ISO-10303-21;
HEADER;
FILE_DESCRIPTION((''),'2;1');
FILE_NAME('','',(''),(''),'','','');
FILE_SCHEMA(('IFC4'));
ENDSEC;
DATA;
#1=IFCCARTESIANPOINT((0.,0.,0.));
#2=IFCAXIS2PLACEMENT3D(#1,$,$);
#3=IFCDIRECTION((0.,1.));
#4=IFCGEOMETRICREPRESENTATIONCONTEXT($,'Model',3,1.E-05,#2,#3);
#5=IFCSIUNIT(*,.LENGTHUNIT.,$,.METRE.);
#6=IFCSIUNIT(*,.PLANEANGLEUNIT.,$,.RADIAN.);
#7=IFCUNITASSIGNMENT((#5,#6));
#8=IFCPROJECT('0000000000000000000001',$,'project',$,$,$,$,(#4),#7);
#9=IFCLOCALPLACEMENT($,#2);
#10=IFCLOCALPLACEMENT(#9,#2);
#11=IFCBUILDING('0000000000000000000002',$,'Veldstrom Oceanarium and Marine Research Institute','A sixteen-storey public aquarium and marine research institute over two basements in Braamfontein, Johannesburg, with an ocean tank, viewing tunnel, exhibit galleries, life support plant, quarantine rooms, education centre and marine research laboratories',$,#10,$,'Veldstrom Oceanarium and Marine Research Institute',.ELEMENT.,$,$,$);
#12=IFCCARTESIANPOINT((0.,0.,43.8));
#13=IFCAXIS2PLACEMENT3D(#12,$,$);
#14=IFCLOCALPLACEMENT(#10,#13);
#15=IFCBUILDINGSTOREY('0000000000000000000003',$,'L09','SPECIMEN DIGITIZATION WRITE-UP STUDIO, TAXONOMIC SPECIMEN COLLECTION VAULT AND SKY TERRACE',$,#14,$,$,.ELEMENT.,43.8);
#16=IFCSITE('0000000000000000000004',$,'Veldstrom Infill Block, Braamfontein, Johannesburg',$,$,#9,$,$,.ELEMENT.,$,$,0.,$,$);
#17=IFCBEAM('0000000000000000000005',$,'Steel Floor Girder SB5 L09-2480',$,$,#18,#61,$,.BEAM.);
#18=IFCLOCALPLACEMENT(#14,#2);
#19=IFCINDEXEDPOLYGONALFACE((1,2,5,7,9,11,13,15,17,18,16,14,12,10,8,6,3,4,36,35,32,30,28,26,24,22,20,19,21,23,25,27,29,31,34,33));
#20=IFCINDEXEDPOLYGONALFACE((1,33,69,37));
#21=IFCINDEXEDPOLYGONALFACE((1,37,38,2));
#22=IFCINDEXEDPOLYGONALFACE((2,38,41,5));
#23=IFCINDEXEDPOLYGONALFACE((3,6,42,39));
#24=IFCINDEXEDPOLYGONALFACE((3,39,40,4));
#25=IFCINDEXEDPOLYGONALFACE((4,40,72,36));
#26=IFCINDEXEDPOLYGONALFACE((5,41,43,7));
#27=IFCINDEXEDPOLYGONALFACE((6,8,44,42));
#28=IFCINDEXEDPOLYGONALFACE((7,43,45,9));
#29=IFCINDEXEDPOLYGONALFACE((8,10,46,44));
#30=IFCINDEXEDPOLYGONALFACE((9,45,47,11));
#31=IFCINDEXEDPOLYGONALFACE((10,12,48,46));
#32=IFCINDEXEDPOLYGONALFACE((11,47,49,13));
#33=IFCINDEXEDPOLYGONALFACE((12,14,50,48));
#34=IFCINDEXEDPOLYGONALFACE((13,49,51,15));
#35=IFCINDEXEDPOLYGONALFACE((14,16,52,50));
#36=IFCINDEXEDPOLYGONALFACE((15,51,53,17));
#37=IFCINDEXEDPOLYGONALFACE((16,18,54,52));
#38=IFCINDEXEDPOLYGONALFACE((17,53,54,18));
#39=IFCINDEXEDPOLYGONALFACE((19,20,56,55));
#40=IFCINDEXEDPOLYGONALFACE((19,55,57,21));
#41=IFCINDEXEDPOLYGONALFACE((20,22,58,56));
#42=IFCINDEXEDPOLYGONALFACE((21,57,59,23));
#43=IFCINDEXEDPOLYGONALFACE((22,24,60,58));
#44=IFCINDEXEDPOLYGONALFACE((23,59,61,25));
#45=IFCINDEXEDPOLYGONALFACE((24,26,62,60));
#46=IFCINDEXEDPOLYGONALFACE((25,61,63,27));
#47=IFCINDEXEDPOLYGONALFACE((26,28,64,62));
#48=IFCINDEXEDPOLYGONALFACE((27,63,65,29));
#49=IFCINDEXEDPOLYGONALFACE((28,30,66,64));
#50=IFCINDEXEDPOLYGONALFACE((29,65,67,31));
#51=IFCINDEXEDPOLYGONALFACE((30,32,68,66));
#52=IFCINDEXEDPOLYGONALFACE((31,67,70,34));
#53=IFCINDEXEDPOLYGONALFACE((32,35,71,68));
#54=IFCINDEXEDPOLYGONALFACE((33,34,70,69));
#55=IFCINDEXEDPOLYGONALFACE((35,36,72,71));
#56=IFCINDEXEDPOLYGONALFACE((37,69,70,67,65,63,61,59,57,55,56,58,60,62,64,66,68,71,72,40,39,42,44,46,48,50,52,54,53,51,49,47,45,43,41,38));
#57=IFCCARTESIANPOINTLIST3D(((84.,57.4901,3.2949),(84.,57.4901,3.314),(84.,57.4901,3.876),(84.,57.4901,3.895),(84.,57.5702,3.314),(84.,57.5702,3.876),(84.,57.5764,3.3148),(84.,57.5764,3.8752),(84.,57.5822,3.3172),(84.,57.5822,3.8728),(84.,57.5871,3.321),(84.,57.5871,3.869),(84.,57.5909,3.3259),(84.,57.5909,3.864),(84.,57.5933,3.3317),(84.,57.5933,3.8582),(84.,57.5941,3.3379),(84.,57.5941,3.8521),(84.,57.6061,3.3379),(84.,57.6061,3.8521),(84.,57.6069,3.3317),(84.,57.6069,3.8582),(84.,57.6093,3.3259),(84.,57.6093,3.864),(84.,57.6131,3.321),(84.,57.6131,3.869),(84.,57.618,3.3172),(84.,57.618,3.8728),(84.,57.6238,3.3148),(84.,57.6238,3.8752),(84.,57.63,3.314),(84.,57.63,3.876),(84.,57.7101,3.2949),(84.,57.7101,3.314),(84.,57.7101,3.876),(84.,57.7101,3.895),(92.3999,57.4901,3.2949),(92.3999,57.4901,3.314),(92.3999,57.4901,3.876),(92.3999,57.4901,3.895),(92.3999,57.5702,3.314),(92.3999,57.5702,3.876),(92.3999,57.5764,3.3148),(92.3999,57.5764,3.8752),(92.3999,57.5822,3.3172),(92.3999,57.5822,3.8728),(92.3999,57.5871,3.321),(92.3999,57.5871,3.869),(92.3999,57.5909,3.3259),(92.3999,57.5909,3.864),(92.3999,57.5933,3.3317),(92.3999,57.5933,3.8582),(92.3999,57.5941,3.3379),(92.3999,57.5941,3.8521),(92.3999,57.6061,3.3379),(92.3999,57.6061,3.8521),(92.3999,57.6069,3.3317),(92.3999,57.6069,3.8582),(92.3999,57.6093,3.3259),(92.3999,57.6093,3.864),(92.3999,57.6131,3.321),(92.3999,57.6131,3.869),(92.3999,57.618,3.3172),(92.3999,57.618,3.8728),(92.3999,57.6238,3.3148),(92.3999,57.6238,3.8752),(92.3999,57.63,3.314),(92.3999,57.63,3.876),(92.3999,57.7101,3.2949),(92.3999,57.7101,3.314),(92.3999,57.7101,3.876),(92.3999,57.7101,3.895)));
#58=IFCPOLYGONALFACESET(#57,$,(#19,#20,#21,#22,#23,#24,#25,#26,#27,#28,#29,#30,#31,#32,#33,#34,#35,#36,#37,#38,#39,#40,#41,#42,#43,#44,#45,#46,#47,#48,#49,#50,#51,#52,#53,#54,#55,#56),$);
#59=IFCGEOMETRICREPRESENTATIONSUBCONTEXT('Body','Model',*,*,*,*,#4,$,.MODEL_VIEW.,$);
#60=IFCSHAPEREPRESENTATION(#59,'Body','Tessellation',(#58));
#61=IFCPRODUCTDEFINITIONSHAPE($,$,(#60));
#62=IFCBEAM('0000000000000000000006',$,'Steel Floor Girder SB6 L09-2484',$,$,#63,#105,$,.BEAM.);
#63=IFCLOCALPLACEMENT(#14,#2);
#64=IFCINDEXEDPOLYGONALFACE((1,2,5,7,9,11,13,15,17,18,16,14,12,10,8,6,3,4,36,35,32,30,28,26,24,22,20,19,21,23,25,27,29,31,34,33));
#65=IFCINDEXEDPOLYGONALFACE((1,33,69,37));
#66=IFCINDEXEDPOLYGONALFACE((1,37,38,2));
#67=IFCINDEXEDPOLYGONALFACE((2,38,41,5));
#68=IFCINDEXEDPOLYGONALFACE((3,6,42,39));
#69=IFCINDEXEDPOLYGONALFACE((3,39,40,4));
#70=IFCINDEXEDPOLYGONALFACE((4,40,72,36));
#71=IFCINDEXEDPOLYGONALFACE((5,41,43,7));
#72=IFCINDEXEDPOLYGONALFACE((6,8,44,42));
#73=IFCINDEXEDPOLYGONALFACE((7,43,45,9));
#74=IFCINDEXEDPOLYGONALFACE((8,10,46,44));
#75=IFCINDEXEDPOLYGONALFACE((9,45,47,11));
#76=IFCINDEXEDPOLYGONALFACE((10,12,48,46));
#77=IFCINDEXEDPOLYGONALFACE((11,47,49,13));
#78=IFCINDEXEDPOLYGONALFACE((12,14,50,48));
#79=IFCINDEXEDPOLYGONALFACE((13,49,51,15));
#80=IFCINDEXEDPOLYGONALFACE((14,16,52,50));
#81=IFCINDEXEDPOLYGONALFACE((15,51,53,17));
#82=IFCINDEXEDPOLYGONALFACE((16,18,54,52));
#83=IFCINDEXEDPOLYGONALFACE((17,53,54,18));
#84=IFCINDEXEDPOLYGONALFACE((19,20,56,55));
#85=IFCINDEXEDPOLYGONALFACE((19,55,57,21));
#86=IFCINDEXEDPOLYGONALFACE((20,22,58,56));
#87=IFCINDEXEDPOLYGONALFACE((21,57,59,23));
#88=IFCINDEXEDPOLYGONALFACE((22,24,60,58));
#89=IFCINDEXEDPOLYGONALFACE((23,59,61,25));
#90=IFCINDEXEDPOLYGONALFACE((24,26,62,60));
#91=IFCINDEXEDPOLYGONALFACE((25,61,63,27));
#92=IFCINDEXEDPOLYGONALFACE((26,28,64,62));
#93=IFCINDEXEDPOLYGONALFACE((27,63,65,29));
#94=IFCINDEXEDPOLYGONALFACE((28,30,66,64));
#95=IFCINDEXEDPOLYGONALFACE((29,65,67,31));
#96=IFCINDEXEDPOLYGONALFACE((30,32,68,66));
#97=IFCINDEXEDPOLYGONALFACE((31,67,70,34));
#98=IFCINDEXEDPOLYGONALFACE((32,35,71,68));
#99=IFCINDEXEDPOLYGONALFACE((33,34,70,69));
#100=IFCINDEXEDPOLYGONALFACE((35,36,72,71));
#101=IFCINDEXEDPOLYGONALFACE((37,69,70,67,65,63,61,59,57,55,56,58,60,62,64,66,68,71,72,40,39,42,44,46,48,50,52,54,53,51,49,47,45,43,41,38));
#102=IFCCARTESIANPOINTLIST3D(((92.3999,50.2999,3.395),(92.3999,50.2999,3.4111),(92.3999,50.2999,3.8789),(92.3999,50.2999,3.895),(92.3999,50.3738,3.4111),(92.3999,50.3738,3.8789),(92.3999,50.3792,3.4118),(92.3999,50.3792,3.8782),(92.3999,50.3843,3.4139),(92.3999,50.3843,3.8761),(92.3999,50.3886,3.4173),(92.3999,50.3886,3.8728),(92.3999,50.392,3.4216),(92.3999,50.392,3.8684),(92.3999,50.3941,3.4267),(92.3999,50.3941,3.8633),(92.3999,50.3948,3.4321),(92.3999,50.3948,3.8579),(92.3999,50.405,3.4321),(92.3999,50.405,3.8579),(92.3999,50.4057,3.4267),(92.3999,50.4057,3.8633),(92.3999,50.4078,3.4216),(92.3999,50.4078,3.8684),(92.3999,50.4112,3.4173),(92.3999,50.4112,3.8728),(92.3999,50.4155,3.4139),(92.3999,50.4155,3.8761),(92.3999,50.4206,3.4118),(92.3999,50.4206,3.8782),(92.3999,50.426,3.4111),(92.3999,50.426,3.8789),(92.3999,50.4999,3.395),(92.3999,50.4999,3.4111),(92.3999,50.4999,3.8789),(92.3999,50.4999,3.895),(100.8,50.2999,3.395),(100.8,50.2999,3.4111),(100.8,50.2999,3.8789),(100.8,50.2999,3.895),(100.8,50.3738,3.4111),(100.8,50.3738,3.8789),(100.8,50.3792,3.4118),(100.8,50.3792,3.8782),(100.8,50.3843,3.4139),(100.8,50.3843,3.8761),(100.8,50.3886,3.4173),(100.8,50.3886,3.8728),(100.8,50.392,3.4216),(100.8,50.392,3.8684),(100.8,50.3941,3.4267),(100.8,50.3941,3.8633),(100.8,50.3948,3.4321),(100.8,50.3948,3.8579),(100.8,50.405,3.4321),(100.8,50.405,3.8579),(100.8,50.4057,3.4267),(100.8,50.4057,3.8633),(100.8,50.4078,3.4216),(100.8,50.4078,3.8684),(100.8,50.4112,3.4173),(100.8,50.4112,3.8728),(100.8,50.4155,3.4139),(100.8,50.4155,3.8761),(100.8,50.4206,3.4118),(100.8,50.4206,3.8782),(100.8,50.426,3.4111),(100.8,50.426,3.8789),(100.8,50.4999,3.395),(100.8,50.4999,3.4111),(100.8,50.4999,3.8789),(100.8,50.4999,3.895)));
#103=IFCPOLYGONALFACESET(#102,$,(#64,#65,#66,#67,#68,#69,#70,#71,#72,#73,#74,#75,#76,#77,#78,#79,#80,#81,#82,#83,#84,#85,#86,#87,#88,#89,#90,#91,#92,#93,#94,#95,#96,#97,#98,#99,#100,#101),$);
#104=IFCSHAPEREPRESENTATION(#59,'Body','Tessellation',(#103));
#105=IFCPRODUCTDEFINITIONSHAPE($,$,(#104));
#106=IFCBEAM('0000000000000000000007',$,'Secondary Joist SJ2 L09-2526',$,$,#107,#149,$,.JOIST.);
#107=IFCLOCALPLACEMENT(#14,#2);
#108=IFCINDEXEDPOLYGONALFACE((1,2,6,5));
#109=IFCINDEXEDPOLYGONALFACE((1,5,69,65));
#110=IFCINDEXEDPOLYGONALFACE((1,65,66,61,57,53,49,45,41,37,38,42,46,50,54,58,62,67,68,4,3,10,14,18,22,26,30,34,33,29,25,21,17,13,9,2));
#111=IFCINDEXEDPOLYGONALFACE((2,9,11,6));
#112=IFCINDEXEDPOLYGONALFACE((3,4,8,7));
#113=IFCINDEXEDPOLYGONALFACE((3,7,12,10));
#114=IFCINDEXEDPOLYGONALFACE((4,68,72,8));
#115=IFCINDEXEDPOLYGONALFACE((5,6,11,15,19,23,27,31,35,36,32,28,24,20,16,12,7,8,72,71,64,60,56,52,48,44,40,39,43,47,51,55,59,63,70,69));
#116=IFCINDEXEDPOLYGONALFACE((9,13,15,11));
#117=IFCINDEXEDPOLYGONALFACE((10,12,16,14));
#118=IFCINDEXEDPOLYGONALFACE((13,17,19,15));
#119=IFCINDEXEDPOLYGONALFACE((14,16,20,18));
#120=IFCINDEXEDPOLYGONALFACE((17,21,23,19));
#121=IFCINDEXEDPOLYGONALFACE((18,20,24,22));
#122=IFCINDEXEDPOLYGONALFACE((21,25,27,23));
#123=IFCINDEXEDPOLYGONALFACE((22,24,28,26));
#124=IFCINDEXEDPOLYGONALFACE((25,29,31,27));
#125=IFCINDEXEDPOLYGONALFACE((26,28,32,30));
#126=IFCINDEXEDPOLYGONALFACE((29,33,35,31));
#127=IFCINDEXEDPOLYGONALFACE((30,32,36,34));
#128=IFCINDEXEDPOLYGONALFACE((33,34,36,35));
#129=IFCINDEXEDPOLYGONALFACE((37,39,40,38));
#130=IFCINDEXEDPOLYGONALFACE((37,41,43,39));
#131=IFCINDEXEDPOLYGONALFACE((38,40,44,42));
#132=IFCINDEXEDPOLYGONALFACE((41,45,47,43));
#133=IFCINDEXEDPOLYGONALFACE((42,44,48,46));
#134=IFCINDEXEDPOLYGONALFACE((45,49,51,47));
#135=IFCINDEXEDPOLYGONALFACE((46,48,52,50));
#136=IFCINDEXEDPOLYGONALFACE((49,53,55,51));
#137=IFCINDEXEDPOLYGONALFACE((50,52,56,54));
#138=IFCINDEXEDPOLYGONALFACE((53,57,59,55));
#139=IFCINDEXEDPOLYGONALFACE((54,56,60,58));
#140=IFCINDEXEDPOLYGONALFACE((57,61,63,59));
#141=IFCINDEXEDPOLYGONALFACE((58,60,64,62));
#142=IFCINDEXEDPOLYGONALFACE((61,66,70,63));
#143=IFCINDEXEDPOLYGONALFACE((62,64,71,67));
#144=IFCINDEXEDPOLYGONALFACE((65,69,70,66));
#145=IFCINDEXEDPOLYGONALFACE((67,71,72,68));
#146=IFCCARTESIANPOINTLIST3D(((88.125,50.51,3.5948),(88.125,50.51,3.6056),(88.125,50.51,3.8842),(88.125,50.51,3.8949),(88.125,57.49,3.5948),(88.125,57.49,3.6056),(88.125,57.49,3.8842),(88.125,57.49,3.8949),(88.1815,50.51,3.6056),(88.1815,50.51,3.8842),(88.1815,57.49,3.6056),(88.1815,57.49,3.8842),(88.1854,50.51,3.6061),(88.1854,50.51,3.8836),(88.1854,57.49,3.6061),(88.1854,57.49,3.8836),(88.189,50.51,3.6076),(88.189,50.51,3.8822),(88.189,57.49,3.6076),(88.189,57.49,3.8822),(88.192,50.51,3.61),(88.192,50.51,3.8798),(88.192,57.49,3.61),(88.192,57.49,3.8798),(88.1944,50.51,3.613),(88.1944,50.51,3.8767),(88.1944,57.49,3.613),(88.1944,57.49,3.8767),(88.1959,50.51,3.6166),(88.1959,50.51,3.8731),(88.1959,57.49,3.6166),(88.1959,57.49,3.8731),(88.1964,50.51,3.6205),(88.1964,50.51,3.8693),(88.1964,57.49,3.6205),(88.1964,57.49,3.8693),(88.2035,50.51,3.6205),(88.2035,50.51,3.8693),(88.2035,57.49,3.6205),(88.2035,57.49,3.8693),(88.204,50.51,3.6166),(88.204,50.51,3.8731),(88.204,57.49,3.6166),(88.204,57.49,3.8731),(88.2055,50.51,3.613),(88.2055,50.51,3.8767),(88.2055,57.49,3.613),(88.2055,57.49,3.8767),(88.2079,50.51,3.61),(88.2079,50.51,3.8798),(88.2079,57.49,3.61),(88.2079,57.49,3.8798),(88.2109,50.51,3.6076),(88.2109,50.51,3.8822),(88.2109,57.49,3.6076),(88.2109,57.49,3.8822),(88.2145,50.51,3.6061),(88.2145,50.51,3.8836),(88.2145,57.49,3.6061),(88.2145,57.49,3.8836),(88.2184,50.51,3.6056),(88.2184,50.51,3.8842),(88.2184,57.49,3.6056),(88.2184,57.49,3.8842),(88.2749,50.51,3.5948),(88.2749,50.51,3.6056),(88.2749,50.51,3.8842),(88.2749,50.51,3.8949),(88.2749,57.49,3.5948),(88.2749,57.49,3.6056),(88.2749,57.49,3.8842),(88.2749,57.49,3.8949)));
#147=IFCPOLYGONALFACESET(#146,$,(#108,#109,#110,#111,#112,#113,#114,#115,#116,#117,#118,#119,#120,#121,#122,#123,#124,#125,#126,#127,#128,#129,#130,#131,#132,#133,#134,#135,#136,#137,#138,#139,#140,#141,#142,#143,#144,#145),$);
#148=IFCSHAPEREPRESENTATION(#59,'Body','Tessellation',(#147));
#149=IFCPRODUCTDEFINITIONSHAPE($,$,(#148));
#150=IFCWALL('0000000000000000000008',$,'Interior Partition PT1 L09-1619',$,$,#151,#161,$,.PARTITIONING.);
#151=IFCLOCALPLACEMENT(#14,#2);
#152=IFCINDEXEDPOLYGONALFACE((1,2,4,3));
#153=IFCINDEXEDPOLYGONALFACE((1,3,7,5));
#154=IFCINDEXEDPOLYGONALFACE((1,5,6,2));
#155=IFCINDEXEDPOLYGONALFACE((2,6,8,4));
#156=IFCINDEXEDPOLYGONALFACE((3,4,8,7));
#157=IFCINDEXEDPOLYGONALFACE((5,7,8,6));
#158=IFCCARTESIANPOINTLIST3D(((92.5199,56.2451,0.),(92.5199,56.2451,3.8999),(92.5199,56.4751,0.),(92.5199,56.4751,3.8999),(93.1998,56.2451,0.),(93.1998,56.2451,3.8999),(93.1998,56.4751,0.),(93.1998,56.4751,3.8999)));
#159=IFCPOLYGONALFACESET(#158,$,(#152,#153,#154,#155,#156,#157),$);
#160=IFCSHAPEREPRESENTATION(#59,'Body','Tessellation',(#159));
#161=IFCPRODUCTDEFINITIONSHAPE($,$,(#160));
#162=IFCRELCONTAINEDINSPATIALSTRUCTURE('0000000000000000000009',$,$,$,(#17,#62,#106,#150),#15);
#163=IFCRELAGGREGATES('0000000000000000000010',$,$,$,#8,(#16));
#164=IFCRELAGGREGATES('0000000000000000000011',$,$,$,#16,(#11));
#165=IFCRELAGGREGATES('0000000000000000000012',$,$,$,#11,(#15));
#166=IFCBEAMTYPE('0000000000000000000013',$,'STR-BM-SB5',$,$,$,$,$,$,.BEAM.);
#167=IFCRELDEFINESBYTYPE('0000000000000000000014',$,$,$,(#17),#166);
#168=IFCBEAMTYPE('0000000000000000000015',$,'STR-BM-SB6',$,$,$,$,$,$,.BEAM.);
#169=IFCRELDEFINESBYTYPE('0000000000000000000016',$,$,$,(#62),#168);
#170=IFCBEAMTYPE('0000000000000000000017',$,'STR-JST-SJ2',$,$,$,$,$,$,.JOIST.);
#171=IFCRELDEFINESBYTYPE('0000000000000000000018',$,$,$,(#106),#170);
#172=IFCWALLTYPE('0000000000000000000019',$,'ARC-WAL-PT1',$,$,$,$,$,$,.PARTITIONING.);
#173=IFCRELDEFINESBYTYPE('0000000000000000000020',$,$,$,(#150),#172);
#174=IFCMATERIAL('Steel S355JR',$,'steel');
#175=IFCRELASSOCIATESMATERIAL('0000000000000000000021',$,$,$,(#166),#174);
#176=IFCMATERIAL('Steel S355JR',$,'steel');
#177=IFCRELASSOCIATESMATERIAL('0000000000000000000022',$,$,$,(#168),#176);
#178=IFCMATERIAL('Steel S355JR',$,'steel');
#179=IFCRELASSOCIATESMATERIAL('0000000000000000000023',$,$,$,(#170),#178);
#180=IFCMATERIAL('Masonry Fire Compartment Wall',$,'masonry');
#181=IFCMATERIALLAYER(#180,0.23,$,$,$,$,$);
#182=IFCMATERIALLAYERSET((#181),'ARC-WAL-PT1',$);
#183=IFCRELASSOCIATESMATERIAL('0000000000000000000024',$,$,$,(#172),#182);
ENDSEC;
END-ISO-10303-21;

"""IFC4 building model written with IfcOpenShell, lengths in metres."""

from ifc_helpers import new_model, si_unit, direction, frame, frame_2d, origin, origin_2d, place, context, subcontext, project, spatial, rectangle, i_section, extrude, material, layer, layer_set, material_profile, profile_set, type_object, element, save


model = new_model("IFC4")

# Units and contexts
model_context = context("Model", 3, precision=1e-05, world=origin(), true_north=direction((0.0, 1.0)))
body_context = subcontext(model_context, "Body", "Model", "MODEL_VIEW")
ifc_project = project(units=[si_unit("LENGTHUNIT", "METRE"), si_unit("PLANEANGLEUNIT", "RADIAN")], contexts=[model_context])

# Site, building, storey
site_placement = place(None, origin())
site = spatial("IfcSite", under=ifc_project, at=site_placement, Name="Veldstrom Infill Block, Braamfontein, Johannesburg", CompositionType="ELEMENT", RefElevation=0.0)
building_placement = place(site_placement, origin())
building = spatial("IfcBuilding", under=site, at=building_placement, Name="Veldstrom Oceanarium and Marine Research Institute", Description="A sixteen-storey public aquarium and marine research institute over two basements in Braamfontein, Johannesburg, with an ocean tank, viewing tunnel, exhibit galleries, life support plant, quarantine rooms, education centre and marine research laboratories", LongName="Veldstrom Oceanarium and Marine Research Institute", CompositionType="ELEMENT")
storey_placement = place(building_placement, frame((0.0, 0.0, 43.8)))
storey = spatial("IfcBuildingStorey", under=building, at=storey_placement, Name="L09", Description="SPECIMEN DIGITIZATION WRITE-UP STUDIO, TAXONOMIC SPECIMEN COLLECTION VAULT AND SKY TERRACE", CompositionType="ELEMENT", Elevation=43.8)

# Beams
ifc_material_1 = material(Name="Steel S355JR", Category="steel")
ifc_material_profile_1 = material_profile(ifc_material_1, i_section(OverallWidth=0.22, OverallDepth=0.6001, WebThickness=0.012, FlangeThickness=0.019, FilletRadius=0.0239, at=origin_2d()), Name="IPE 600")
ifc_profile_set_1 = profile_set([ifc_material_profile_1], Name="Steel S355JR")
beam_type_1 = type_object("IfcBeamType", Name="STR-BM-SB5", PredefinedType="BEAM", material=ifc_profile_set_1)
for number, where, z_axis, x_axis, name in (
    (1, (84.0, 57.6001, 3.595), (1.0, 0.0, 0.0), (0.0, 1.0, 0.0), "Steel Floor Girder SB5 L09-2480"),
):
    element("IfcBeam", number, at=place(storey_placement, frame(where, z_axis=z_axis, x_axis=x_axis)), inside=storey, type_object=beam_type_1, Name=name, PredefinedType="BEAM", context=body_context, shape_type="SweptSolid", body=[
        extrude(i_section(OverallWidth=0.22, OverallDepth=0.6001, WebThickness=0.012, FlangeThickness=0.019, FilletRadius=0.0239, at=origin_2d()), origin(), (0.0, 0.0, 1.0), 8.3999),
    ])
ifc_material_2 = material(Name="Steel S355JR", Category="steel")
ifc_material_profile_2 = material_profile(ifc_material_2, i_section(OverallWidth=0.2, OverallDepth=0.5, WebThickness=0.0103, FlangeThickness=0.0161, FilletRadius=0.021, at=origin_2d()), Name="IPE 500")
ifc_profile_set_2 = profile_set([ifc_material_profile_2], Name="Steel S355JR")
beam_type_2 = type_object("IfcBeamType", Name="STR-BM-SB6", PredefinedType="BEAM", material=ifc_profile_set_2)
beam_1_placement = place(storey_placement, frame((92.3999, 50.3999, 3.645), z_axis=(1.0, 0.0, 0.0), x_axis=(0.0, 1.0, 0.0)))
element("IfcBeam", 2, at=beam_1_placement, inside=storey, type_object=beam_type_2, Name="Steel Floor Girder SB6 L09-2484", PredefinedType="BEAM", context=body_context, shape_type="SweptSolid", body=[
    extrude(i_section(OverallWidth=0.2, OverallDepth=0.5, WebThickness=0.0103, FlangeThickness=0.0161, FilletRadius=0.021, at=origin_2d()), origin(), (0.0, 0.0, 1.0), 8.4001),
])
ifc_material_3 = material(Name="Steel S355JR", Category="steel")
ifc_material_profile_3 = material_profile(ifc_material_3, i_section(OverallWidth=0.1499, OverallDepth=0.3, WebThickness=0.0071, FlangeThickness=0.0107, FilletRadius=0.0149, at=origin_2d()), Name="IPE 300")
ifc_profile_set_3 = profile_set([ifc_material_profile_3], Name="Steel S355JR")
beam_type_3 = type_object("IfcBeamType", Name="STR-JST-SJ2", PredefinedType="JOIST", material=ifc_profile_set_3)
beam_2_placement = place(storey_placement, frame((88.2, 50.51, 3.7449), z_axis=(0.0, 1.0, 0.0), x_axis=(-1.0, 0.0, 0.0)))
element("IfcBeam", 3, at=beam_2_placement, inside=storey, type_object=beam_type_3, Name="Secondary Joist SJ2 L09-2526", PredefinedType="JOIST", context=body_context, shape_type="SweptSolid", body=[
    extrude(i_section(OverallWidth=0.1499, OverallDepth=0.3, WebThickness=0.0071, FlangeThickness=0.0107, FilletRadius=0.0149, at=origin_2d()), origin(), (0.0, 0.0, 1.0), 6.98),
])

# Shared definitions
ifc_material_4 = material(Name="Masonry Fire Compartment Wall", Category="masonry")
ifc_layer_1 = layer(ifc_material_4, 0.23)
ifc_layer_set_1 = layer_set([ifc_layer_1], Name="ARC-WAL-PT1")
wall_type_1 = type_object("IfcWallType", Name="ARC-WAL-PT1", PredefinedType="PARTITIONING", material=ifc_layer_set_1)

# Wall
wall_1_placement = place(storey_placement, frame((92.52, 56.3601, 0.0), z_axis=(0.0, 0.0, 1.0), x_axis=(1.0, 0.0, 0.0)))
element("IfcWall", 4, at=wall_1_placement, inside=storey, type_object=wall_type_1, Name="Interior Partition PT1 L09-1619", PredefinedType="PARTITIONING", context=body_context, shape_type="SweptSolid", body=[
    extrude(rectangle(XDim=0.6799, YDim=0.23, at=frame_2d((0.3398, 0.0))), origin(), (0.0, 0.0, 1.0), 3.8999),
])

save(model, "model.ifc")
